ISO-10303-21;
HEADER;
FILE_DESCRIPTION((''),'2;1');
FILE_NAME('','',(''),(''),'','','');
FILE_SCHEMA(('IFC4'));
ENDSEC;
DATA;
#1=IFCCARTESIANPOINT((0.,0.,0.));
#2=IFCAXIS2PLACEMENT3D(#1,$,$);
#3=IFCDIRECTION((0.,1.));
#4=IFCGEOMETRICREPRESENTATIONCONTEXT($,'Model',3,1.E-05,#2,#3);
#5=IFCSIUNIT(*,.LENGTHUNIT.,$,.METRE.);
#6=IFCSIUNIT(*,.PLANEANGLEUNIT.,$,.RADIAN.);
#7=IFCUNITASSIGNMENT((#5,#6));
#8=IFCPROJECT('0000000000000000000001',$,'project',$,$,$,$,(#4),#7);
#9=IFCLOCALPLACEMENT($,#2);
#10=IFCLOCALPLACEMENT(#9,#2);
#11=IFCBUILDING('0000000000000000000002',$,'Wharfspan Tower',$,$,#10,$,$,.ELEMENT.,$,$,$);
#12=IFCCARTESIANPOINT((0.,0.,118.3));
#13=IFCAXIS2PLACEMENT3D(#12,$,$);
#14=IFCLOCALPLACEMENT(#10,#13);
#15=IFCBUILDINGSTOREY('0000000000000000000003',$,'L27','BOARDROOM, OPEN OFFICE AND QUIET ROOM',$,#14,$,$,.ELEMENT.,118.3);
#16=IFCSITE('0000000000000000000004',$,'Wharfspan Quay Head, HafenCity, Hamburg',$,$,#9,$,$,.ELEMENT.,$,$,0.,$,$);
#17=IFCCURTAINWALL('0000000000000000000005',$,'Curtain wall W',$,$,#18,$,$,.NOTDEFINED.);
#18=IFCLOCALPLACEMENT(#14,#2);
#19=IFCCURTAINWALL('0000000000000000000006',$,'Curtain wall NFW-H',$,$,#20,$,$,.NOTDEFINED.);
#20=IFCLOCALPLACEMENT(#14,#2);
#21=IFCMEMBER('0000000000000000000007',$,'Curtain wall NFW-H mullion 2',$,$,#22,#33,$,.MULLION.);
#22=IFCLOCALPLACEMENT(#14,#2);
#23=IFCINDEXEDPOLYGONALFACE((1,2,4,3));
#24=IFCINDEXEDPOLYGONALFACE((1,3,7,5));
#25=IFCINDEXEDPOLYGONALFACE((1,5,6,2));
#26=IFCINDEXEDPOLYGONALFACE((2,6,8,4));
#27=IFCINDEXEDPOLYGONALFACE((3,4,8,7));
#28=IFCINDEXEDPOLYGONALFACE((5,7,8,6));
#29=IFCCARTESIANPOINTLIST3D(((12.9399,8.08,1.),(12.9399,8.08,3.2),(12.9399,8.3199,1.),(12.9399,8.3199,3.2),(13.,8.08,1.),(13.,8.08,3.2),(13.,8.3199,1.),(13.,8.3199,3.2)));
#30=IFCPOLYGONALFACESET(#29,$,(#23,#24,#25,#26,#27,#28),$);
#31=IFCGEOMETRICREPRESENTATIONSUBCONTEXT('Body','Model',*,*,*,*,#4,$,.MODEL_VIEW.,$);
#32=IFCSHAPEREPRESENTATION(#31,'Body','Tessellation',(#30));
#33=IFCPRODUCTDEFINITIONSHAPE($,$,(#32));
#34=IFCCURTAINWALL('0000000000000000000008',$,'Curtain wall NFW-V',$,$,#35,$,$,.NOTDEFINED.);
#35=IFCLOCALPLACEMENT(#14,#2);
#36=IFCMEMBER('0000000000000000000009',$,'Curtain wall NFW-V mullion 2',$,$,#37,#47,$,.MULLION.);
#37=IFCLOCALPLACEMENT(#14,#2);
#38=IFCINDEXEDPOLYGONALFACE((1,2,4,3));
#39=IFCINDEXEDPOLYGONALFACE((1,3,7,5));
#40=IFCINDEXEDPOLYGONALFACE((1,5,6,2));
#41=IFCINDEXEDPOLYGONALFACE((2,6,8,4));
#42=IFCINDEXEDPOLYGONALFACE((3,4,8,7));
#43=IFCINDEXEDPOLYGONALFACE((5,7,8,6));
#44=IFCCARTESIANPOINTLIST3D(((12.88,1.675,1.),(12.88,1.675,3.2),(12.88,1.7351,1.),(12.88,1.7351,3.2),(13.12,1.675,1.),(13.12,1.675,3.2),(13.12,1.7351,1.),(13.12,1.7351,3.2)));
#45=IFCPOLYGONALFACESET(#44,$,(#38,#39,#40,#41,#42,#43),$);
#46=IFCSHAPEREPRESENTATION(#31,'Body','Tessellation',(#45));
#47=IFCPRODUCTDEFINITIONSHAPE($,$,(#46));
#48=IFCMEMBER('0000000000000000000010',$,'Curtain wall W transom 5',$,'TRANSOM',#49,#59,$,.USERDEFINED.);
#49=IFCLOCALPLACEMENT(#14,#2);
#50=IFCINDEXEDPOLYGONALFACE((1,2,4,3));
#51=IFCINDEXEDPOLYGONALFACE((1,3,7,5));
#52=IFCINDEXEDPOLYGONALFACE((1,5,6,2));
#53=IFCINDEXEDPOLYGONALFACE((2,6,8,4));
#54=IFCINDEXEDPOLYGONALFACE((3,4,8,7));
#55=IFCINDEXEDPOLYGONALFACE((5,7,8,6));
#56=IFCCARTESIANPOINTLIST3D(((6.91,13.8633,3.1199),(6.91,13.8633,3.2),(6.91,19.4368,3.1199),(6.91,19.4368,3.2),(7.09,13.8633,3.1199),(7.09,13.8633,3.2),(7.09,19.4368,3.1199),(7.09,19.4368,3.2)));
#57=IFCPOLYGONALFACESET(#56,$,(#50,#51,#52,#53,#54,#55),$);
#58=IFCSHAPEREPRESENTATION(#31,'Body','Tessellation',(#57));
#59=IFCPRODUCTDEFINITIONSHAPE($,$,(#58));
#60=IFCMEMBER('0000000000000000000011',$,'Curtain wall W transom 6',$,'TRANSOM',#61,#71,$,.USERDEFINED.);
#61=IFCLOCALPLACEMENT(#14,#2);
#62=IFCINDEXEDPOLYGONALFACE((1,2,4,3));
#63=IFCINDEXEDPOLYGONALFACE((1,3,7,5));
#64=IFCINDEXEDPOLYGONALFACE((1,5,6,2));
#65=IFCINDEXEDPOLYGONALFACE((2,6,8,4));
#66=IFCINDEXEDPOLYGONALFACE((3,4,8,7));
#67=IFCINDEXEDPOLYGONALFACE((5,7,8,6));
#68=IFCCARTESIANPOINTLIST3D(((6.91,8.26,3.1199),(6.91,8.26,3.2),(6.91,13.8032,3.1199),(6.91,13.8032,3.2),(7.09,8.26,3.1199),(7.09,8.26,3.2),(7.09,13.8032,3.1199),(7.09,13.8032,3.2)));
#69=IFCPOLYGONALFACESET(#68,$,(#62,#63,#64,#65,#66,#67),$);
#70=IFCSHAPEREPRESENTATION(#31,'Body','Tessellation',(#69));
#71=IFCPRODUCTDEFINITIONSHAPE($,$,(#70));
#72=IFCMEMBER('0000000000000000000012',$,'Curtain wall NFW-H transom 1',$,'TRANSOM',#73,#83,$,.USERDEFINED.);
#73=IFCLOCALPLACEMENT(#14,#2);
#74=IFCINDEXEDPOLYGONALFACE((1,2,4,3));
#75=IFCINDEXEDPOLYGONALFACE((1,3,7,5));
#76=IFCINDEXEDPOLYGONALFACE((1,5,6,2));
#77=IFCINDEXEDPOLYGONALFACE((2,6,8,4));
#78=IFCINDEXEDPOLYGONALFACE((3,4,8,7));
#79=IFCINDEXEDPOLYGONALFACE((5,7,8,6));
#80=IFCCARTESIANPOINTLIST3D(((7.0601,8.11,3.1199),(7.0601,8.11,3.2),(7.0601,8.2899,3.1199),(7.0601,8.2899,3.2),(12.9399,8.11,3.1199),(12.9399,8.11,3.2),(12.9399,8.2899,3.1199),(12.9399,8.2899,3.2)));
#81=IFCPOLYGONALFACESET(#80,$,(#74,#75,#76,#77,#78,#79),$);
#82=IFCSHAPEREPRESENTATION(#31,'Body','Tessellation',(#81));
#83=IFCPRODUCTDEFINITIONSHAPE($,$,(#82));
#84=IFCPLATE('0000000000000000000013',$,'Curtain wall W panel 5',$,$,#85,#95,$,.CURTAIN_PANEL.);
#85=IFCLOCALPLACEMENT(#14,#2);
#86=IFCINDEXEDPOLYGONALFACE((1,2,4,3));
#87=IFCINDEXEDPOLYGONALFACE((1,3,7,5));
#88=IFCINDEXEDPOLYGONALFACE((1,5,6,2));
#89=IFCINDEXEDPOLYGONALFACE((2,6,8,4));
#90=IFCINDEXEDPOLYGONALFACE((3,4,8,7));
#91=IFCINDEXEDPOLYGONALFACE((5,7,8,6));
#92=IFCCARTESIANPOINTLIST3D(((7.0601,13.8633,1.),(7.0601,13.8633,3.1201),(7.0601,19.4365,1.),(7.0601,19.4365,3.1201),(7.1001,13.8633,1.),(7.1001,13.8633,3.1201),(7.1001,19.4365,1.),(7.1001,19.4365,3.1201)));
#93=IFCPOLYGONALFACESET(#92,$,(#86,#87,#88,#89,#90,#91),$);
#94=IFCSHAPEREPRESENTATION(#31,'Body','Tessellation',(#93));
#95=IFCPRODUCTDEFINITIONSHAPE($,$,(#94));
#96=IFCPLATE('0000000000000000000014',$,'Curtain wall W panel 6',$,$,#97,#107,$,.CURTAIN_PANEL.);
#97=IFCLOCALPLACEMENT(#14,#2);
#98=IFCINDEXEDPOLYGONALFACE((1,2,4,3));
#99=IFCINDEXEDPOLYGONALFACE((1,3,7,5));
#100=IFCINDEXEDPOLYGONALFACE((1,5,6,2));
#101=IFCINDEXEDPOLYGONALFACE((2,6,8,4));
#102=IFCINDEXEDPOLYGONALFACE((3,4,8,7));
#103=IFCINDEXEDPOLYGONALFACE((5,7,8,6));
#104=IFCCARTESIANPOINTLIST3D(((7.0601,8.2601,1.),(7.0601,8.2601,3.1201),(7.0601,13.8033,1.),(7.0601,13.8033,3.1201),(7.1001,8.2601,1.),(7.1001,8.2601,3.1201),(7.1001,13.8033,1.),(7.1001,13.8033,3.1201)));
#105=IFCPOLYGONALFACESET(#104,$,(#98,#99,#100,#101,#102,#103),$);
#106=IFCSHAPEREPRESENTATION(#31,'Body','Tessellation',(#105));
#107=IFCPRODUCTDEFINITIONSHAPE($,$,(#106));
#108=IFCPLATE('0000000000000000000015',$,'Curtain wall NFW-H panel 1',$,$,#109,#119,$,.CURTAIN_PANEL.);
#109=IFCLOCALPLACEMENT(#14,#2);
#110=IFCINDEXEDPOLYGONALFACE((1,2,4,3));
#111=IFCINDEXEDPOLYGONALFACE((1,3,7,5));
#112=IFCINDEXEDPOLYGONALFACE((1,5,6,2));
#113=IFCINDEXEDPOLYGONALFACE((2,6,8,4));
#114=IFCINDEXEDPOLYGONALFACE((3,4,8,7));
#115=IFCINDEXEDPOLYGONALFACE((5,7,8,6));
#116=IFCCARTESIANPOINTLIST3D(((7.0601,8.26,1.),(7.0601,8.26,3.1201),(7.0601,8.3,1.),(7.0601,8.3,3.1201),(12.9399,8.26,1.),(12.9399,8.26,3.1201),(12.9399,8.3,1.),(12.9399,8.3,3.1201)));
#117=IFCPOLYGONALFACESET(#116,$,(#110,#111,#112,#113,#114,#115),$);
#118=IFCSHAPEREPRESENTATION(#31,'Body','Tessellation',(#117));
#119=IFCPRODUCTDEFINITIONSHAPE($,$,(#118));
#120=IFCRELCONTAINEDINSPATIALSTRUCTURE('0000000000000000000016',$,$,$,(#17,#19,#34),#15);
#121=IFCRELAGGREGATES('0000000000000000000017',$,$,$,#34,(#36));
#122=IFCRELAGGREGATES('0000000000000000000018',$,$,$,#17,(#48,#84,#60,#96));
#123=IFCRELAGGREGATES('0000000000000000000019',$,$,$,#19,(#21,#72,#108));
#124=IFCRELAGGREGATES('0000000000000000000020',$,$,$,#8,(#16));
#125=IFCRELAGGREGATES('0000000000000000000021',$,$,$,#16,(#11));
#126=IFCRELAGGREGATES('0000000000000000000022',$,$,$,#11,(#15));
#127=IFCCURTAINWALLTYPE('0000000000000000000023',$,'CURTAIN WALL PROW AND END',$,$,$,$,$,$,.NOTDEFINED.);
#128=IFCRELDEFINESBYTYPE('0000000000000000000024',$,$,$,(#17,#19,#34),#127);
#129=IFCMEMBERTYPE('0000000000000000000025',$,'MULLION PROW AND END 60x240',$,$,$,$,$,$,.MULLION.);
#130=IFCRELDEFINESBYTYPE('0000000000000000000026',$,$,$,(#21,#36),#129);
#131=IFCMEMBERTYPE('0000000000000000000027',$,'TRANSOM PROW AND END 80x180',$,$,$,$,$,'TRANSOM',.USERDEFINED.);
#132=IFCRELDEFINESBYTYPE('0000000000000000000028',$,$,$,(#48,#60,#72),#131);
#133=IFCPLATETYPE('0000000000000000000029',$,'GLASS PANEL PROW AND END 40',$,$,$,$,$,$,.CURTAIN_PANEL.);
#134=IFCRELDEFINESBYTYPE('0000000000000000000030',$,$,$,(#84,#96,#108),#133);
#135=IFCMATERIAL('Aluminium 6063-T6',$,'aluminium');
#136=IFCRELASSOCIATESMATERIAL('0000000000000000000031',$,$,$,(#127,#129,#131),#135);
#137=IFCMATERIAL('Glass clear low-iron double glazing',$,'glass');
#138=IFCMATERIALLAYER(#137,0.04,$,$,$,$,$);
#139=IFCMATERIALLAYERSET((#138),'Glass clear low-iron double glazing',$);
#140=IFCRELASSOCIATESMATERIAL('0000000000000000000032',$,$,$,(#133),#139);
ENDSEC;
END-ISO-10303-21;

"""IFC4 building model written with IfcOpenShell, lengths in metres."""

from ifc_helpers import new_model, si_unit, direction, frame, origin, origin_2d, place, context, subcontext, project, spatial, rectangle, extrude, material, layer, layer_set, material_profile, profile_set, type_object, element, aggregate, save


model = new_model("IFC4")

# Units and contexts
model_context = context("Model", 3, precision=1e-05, world=origin(), true_north=direction((0.0, 1.0)))
body_context = subcontext(model_context, "Body", "Model", "MODEL_VIEW")
ifc_project = project(units=[si_unit("LENGTHUNIT", "METRE"), si_unit("PLANEANGLEUNIT", "RADIAN")], contexts=[model_context])

# Site, building, storey
site_placement = place(None, origin())
site = spatial("IfcSite", under=ifc_project, at=site_placement, Name="Wharfspan Quay Head, HafenCity, Hamburg", CompositionType="ELEMENT", RefElevation=0.0)
building_placement = place(site_placement, origin())
building = spatial("IfcBuilding", under=site, at=building_placement, Name="Wharfspan Tower", CompositionType="ELEMENT")
storey_placement = place(building_placement, frame((0.0, 0.0, 118.3)))
storey = spatial("IfcBuildingStorey", under=building, at=storey_placement, Name="L27", Description="BOARDROOM, OPEN OFFICE AND QUIET ROOM", CompositionType="ELEMENT", Elevation=118.3)

# Curtain walls, member
ifc_material_1 = material(Name="Aluminium 6063-T6", Category="aluminium")
curtain_wall_type = type_object("IfcCurtainWallType", Name="CURTAIN WALL PROW AND END", PredefinedType="NOTDEFINED", material=ifc_material_1)
curtain_wall_1_placement = place(storey_placement, origin())
curtain_wall_1 = element("IfcCurtainWall", 1, at=curtain_wall_1_placement, inside=storey, type_object=curtain_wall_type, Name="Curtain wall W", PredefinedType="NOTDEFINED")
ifc_material_profile_1 = material_profile(ifc_material_1, rectangle(XDim=0.24, YDim=0.0601, at=origin_2d()))
ifc_profile_set_1 = profile_set([ifc_material_profile_1], Name="Aluminium 6063-T6")
member_type_1 = type_object("IfcMemberType", Name="MULLION PROW AND END 60x240", PredefinedType="MULLION", material=ifc_profile_set_1)
curtain_wall_2_placement = place(storey_placement, origin())
curtain_wall_2 = element("IfcCurtainWall", 2, at=curtain_wall_2_placement, inside=storey, type_object=curtain_wall_type, Name="Curtain wall NFW-H", PredefinedType="NOTDEFINED")
member_1_placement = place(storey_placement, frame((12.97, 8.2, 1.0), z_axis=(0.0, 0.0, 1.0), x_axis=(0.0, 1.0, 0.0)))
member_1 = element("IfcMember", 3, at=member_1_placement, type_object=member_type_1, Name="Curtain wall NFW-H mullion 2", PredefinedType="MULLION", context=body_context, shape_type="SweptSolid", body=[
    extrude(rectangle(XDim=0.24, YDim=0.0601, at=origin_2d()), origin(), (0.0, 0.0, 1.0), 2.2),
])

# Curtain wall, member
curtain_wall_3_placement = place(storey_placement, origin())
curtain_wall_3 = element("IfcCurtainWall", 4, at=curtain_wall_3_placement, inside=storey, type_object=curtain_wall_type, Name="Curtain wall NFW-V", PredefinedType="NOTDEFINED")
member_2_placement = place(storey_placement, frame((13.0, 1.7051, 1.0), z_axis=(0.0, 0.0, 1.0), x_axis=(1.0, 0.0, 0.0)))
member_2 = element("IfcMember", 5, at=member_2_placement, type_object=member_type_1, Name="Curtain wall NFW-V mullion 2", PredefinedType="MULLION", context=body_context, shape_type="SweptSolid", body=[
    extrude(rectangle(XDim=0.24, YDim=0.0601, at=origin_2d()), origin(), (0.0, 0.0, 1.0), 2.2),
])
aggregate(curtain_wall_3, [member_2])

# Members
ifc_material_profile_2 = material_profile(ifc_material_1, rectangle(XDim=0.1799, YDim=0.0801, at=origin_2d()))
ifc_profile_set_2 = profile_set([ifc_material_profile_2], Name="Aluminium 6063-T6")
member_type_2 = type_object("IfcMemberType", Name="TRANSOM PROW AND END 80x180", ElementType="TRANSOM", PredefinedType="USERDEFINED", material=ifc_profile_set_2)
member_3_placement = place(storey_placement, frame((7.0, 19.4368, 3.1599), z_axis=(0.0, -1.0, 0.0), x_axis=(1.0, 0.0, 0.0)))
member_3 = element("IfcMember", 6, at=member_3_placement, type_object=member_type_2, Name="Curtain wall W transom 5", ObjectType="TRANSOM", PredefinedType="USERDEFINED", context=body_context, shape_type="SweptSolid", body=[
    extrude(rectangle(XDim=0.1799, YDim=0.0801, at=origin_2d()), origin(), (0.0, 0.0, 1.0), 5.5735),
])
member_4_placement = place(storey_placement, frame((7.0, 13.8032, 3.1599), z_axis=(0.0, -1.0, 0.0), x_axis=(1.0, 0.0, 0.0)))
member_4 = element("IfcMember", 7, at=member_4_placement, type_object=member_type_2, Name="Curtain wall W transom 6", ObjectType="TRANSOM", PredefinedType="USERDEFINED", context=body_context, shape_type="SweptSolid", body=[
    extrude(rectangle(XDim=0.1799, YDim=0.0801, at=origin_2d()), origin(), (0.0, 0.0, 1.0), 5.5432),
])
member_5_placement = place(storey_placement, frame((7.0601, 8.2, 3.1599), z_axis=(1.0, 0.0, 0.0), x_axis=(0.0, 1.0, 0.0)))
member_5 = element("IfcMember", 8, at=member_5_placement, type_object=member_type_2, Name="Curtain wall NFW-H transom 1", ObjectType="TRANSOM", PredefinedType="USERDEFINED", context=body_context, shape_type="SweptSolid", body=[
    extrude(rectangle(XDim=0.1799, YDim=0.0801, at=origin_2d()), origin(), (0.0, 0.0, 1.0), 5.8799),
])

# Plates
ifc_material_2 = material(Name="Glass clear low-iron double glazing", Category="glass")
ifc_layer_1 = layer(ifc_material_2, 0.04)
ifc_layer_set_1 = layer_set([ifc_layer_1], Name="Glass clear low-iron double glazing")
plate_type = type_object("IfcPlateType", Name="GLASS PANEL PROW AND END 40", PredefinedType="CURTAIN_PANEL", material=ifc_layer_set_1)
plate_1_placement = place(storey_placement, frame((7.0801, 16.6499, 1.0), z_axis=(0.0, 0.0, 1.0), x_axis=(0.0, -1.0, 0.0)))
plate_1 = element("IfcPlate", 9, at=plate_1_placement, type_object=plate_type, Name="Curtain wall W panel 5", PredefinedType="CURTAIN_PANEL", context=body_context, shape_type="SweptSolid", body=[
    extrude(rectangle(XDim=5.5732, YDim=0.04, at=origin_2d()), origin(), (0.0, 0.0, 1.0), 2.1201),
])
plate_2_placement = place(storey_placement, frame((7.0801, 11.0317, 1.0), z_axis=(0.0, 0.0, 1.0), x_axis=(0.0, -1.0, 0.0)))
plate_2 = element("IfcPlate", 10, at=plate_2_placement, type_object=plate_type, Name="Curtain wall W panel 6", PredefinedType="CURTAIN_PANEL", context=body_context, shape_type="SweptSolid", body=[
    extrude(rectangle(XDim=5.5432, YDim=0.04, at=origin_2d()), origin(), (0.0, 0.0, 1.0), 2.1201),
])
aggregate(curtain_wall_1, [member_3, plate_1, member_4, plate_2])
plate_3_placement = place(storey_placement, frame((10.0, 8.28, 1.0), z_axis=(0.0, 0.0, 1.0), x_axis=(1.0, 0.0, 0.0)))
plate_3 = element("IfcPlate", 11, at=plate_3_placement, type_object=plate_type, Name="Curtain wall NFW-H panel 1", PredefinedType="CURTAIN_PANEL", context=body_context, shape_type="SweptSolid", body=[
    extrude(rectangle(XDim=5.8799, YDim=0.04, at=origin_2d()), origin(), (0.0, 0.0, 1.0), 2.1201),
])
aggregate(curtain_wall_2, [member_1, member_5, plate_3])

save(model, "model.ifc")
